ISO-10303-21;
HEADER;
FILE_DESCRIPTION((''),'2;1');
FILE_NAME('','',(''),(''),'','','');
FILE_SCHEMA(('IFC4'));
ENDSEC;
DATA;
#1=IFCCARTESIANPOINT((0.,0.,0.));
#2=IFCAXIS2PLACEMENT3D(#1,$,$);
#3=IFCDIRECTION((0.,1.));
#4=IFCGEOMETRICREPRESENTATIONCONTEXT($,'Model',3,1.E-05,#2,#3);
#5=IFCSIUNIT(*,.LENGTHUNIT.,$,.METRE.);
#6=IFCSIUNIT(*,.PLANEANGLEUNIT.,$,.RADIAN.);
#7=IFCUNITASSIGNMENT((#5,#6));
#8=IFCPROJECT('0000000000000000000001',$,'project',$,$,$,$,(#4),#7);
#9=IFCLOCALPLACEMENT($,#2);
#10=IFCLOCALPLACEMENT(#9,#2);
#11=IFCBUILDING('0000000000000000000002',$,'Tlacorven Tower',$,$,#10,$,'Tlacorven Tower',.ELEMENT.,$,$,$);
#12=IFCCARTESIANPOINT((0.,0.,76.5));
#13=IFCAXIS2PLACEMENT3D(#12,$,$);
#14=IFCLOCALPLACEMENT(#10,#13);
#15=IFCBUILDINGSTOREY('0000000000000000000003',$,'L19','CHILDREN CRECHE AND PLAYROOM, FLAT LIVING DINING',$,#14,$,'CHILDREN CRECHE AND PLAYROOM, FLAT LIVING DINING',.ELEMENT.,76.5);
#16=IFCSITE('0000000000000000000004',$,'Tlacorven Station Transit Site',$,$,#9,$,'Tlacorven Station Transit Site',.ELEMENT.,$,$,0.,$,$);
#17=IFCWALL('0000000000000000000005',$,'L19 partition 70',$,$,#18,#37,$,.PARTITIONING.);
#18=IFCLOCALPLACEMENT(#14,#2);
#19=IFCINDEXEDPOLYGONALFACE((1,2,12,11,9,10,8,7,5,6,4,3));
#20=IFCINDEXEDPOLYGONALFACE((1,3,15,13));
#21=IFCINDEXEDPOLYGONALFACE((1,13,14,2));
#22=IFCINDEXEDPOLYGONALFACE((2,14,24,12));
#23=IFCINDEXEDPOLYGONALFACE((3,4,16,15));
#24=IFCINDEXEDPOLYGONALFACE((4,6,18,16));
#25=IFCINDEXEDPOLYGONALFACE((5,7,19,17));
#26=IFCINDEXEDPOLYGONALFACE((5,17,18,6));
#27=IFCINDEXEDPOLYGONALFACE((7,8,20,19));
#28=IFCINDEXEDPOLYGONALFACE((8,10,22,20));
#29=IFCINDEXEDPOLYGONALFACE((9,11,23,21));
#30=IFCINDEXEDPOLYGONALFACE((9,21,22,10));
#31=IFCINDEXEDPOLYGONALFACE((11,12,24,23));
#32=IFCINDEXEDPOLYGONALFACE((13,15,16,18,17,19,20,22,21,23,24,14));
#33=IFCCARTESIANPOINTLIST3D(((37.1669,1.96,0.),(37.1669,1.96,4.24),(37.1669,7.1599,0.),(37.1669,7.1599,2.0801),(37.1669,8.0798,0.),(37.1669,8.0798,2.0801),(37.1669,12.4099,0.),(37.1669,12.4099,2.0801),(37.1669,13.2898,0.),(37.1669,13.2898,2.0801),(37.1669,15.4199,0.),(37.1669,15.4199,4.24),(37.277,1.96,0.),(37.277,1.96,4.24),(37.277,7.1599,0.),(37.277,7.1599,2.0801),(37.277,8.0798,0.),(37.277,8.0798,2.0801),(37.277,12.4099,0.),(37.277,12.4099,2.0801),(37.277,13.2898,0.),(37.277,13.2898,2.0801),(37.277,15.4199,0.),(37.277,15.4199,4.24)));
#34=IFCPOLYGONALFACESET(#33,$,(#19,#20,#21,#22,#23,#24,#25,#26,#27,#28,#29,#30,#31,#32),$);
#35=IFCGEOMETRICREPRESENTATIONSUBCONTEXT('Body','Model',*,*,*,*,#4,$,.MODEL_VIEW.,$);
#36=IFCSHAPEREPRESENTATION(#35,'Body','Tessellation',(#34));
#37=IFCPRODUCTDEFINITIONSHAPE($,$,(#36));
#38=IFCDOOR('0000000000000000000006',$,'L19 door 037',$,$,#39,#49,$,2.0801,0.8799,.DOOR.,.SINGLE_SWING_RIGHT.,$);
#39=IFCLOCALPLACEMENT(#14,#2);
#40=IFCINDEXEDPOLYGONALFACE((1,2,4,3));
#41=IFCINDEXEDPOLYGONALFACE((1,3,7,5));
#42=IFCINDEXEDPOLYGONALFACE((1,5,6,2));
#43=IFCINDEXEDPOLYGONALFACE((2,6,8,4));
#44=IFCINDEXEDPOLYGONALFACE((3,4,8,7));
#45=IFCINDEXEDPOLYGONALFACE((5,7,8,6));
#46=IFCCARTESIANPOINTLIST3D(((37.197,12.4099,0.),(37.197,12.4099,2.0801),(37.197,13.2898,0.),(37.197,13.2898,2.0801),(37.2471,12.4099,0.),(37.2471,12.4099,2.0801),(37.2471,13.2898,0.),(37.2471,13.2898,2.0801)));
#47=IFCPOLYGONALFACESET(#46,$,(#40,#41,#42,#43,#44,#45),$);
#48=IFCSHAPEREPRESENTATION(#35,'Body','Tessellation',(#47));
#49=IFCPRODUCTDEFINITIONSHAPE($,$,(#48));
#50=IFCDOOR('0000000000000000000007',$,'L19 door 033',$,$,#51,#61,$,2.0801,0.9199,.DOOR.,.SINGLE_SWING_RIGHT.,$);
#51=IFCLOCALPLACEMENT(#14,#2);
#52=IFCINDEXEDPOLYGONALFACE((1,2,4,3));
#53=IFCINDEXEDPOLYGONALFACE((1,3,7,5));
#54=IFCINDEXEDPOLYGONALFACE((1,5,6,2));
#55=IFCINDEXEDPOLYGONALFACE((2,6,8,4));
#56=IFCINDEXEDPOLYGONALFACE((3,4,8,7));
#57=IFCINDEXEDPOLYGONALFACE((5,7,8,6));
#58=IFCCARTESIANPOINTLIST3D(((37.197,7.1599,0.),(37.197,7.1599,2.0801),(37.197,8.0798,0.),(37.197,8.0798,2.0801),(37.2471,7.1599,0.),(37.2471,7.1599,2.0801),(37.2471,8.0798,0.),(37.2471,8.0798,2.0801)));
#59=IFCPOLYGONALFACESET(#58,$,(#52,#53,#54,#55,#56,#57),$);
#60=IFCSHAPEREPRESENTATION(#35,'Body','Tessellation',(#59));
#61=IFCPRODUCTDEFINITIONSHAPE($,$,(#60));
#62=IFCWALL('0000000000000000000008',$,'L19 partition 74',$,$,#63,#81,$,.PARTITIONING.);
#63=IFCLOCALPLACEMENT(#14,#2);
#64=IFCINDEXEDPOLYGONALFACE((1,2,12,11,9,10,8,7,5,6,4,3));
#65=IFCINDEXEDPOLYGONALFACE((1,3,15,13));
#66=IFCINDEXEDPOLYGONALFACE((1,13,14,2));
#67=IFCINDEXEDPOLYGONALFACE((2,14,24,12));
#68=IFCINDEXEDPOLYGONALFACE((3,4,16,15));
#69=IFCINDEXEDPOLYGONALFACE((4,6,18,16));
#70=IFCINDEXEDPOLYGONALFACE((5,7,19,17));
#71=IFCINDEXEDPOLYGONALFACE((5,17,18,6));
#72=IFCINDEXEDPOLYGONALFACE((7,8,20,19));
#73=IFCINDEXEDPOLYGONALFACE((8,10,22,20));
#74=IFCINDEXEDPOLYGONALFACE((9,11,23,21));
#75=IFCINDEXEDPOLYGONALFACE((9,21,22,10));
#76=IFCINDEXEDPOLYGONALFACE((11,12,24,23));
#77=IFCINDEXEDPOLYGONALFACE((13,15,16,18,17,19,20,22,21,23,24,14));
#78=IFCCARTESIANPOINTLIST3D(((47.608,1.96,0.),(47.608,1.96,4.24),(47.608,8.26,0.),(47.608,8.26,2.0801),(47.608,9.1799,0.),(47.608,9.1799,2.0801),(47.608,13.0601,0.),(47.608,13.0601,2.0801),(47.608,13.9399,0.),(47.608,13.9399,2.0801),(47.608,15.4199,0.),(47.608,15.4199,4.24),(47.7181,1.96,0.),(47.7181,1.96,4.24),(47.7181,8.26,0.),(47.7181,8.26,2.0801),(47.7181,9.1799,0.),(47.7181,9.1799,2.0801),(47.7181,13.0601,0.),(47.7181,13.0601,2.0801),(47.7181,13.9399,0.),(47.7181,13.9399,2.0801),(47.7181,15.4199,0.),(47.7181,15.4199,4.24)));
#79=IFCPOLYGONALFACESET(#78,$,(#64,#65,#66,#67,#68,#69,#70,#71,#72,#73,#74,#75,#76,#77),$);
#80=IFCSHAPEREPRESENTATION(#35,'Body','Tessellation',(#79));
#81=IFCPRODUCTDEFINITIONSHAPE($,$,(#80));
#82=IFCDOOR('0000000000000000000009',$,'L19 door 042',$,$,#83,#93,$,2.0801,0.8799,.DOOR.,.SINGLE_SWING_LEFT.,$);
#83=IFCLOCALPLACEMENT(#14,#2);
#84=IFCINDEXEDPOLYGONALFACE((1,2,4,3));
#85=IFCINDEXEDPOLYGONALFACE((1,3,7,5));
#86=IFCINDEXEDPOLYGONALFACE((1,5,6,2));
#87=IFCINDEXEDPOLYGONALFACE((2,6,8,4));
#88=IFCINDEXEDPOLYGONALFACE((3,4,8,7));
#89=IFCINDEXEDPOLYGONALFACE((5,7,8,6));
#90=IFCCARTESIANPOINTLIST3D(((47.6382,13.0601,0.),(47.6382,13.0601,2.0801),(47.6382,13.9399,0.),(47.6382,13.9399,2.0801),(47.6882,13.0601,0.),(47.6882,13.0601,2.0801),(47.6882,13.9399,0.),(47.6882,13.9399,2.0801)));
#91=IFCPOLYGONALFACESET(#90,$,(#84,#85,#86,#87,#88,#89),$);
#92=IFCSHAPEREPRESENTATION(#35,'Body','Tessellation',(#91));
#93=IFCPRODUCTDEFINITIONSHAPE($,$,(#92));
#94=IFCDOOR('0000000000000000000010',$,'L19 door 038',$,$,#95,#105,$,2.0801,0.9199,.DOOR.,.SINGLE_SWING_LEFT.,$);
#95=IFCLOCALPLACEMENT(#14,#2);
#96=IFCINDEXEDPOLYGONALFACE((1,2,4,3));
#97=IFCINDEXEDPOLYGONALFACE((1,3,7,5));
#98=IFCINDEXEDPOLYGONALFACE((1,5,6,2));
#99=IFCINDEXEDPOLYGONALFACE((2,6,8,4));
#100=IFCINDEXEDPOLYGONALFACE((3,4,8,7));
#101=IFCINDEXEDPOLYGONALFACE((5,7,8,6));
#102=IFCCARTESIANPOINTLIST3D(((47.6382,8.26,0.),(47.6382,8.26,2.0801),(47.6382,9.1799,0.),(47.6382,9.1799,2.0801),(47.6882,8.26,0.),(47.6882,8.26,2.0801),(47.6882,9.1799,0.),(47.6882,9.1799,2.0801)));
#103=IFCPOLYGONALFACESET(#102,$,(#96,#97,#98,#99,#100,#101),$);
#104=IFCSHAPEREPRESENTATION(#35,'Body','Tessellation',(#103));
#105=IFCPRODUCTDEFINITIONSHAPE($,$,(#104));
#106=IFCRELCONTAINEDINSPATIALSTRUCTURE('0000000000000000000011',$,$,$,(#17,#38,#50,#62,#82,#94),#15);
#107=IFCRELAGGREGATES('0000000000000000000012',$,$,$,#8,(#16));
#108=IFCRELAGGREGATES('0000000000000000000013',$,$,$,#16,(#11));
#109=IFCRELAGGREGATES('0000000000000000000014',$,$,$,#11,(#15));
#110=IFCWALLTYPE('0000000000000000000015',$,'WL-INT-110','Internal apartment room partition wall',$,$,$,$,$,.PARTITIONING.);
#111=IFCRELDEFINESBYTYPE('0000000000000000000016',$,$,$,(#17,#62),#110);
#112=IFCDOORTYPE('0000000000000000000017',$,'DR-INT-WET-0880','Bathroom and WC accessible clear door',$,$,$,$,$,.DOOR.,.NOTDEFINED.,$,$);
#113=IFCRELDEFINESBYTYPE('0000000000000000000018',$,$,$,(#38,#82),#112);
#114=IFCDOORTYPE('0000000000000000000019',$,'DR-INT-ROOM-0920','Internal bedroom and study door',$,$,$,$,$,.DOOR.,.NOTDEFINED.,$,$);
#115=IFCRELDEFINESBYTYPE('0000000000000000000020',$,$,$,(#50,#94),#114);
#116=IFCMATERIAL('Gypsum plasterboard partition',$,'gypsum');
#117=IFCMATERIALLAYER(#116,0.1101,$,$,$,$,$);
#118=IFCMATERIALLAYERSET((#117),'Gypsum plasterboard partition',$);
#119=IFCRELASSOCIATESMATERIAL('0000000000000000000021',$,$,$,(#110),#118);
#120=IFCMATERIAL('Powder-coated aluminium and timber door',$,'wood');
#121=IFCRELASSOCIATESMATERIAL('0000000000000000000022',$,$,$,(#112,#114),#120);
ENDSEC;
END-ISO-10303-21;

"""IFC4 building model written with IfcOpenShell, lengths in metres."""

from ifc_helpers import new_model, si_unit, direction, frame, frame_2d, origin, place, context, subcontext, project, spatial, rectangle, extrude, source, transform, mapped, material, layer, layer_set, type_object, element, fill, save


model = new_model("IFC4")

# Units and contexts
model_context = context("Model", 3, precision=1e-05, world=origin(), true_north=direction((0.0, 1.0)))
body_context = subcontext(model_context, "Body", "Model", "MODEL_VIEW")
ifc_project = project(units=[si_unit("LENGTHUNIT", "METRE"), si_unit("PLANEANGLEUNIT", "RADIAN")], contexts=[model_context])

# Site, building, storey
site_placement = place(None, origin())
site = spatial("IfcSite", under=ifc_project, at=site_placement, Name="Tlacorven Station Transit Site", LongName="Tlacorven Station Transit Site", CompositionType="ELEMENT", RefElevation=0.0)
building_placement = place(site_placement, origin())
building = spatial("IfcBuilding", under=site, at=building_placement, Name="Tlacorven Tower", LongName="Tlacorven Tower", CompositionType="ELEMENT")
storey_placement = place(building_placement, frame((0.0, 0.0, 76.5)))
storey = spatial("IfcBuildingStorey", under=building, at=storey_placement, Name="L19", Description="CHILDREN CRECHE AND PLAYROOM, FLAT LIVING DINING", LongName="CHILDREN CRECHE AND PLAYROOM, FLAT LIVING DINING", CompositionType="ELEMENT", Elevation=76.5)

# Walls, openings, doors
ifc_material_1 = material(Name="Gypsum plasterboard partition", Category="gypsum")
ifc_layer_1 = layer(ifc_material_1, 0.1101)
ifc_layer_set_1 = layer_set([ifc_layer_1], Name="Gypsum plasterboard partition")
wall_type_1 = type_object("IfcWallType", Name="WL-INT-110", Description="Internal apartment room partition wall", PredefinedType="PARTITIONING", material=ifc_layer_set_1)
wall_1_placement = place(storey_placement, frame((37.2219, 1.96, 0.0), z_axis=(0.0, 0.0, 1.0), x_axis=(0.0, 1.0, 0.0)))
wall_1 = element("IfcWall", 1, at=wall_1_placement, inside=storey, type_object=wall_type_1, Name="L19 partition 70", PredefinedType="PARTITIONING", context=body_context, shape_type="SweptSolid", body=[
    extrude(rectangle(XDim=13.46, YDim=0.1101, at=frame_2d((6.73, 0.0))), origin(), (0.0, 0.0, 1.0), 4.24),
])
opening_1_placement = place(wall_1_placement, frame((5.2, 0.0, 0.0)))
opening_1 = element("IfcOpeningElement", 2, at=opening_1_placement, cuts=wall_1, PredefinedType="OPENING", context=body_context, shape_type="SweptSolid", body=[
    extrude(rectangle(XDim=0.9199, YDim=2.0801, at=frame_2d((0.46, 1.04))), frame((0.0, 0.0649, 0.0), z_axis=(0.0, -1.0, 0.0), x_axis=(1.0, 0.0, 0.0)), (0.0, 0.0, 1.0), 0.1301),
])
opening_2_placement = place(wall_1_placement, frame((10.45, 0.0, 0.0)))
opening_2 = element("IfcOpeningElement", 3, at=opening_2_placement, cuts=wall_1, PredefinedType="OPENING", context=body_context, shape_type="SweptSolid", body=[
    extrude(rectangle(XDim=0.8799, YDim=2.0801, at=frame_2d((0.4399, 1.04))), frame((0.0, 0.0649, 0.0), z_axis=(0.0, -1.0, 0.0), x_axis=(1.0, 0.0, 0.0)), (0.0, 0.0, 1.0), 0.1301),
])
ifc_material_2 = material(Name="Powder-coated aluminium and timber door", Category="wood")
door_type_1 = type_object("IfcDoorType", Name="DR-INT-WET-0880", Description="Bathroom and WC accessible clear door", OperationType="NOTDEFINED", PredefinedType="DOOR", material=ifc_material_2)
shared_shape_1 = source(origin(), body_context, "Body", "SweptSolid", [
    extrude(rectangle(XDim=0.8799, YDim=2.0801, at=frame_2d((0.4399, 1.04))), frame((0.0, 0.0249, 0.0), z_axis=(0.0, -1.0, 0.0), x_axis=(1.0, 0.0, 0.0)), (0.0, 0.0, 1.0), 0.05),
])
door_1_placement = place(opening_2_placement, origin())
door_1 = element("IfcDoor", 4, at=door_1_placement, inside=storey, type_object=door_type_1, Name="L19 door 037", OperationType="SINGLE_SWING_RIGHT", OverallHeight=2.0801, OverallWidth=0.8799, PredefinedType="DOOR", context=body_context, shape_type="MappedRepresentation", body=[
    mapped(shared_shape_1, transform((0.0, 0.0, 0.0), scale=1.0)),
])
fill(opening_2, door_1)
door_type_2 = type_object("IfcDoorType", Name="DR-INT-ROOM-0920", Description="Internal bedroom and study door", OperationType="NOTDEFINED", PredefinedType="DOOR", material=ifc_material_2)
shared_shape_2 = source(origin(), body_context, "Body", "SweptSolid", [
    extrude(rectangle(XDim=0.9199, YDim=2.0801, at=frame_2d((0.46, 1.04))), frame((0.0, 0.0249, 0.0), z_axis=(0.0, -1.0, 0.0), x_axis=(1.0, 0.0, 0.0)), (0.0, 0.0, 1.0), 0.05),
])
door_2_placement = place(opening_1_placement, origin())
door_2 = element("IfcDoor", 5, at=door_2_placement, inside=storey, type_object=door_type_2, Name="L19 door 033", OperationType="SINGLE_SWING_RIGHT", OverallHeight=2.0801, OverallWidth=0.9199, PredefinedType="DOOR", context=body_context, shape_type="MappedRepresentation", body=[
    mapped(shared_shape_2, transform((0.0, 0.0, 0.0), scale=1.0)),
])
fill(opening_1, door_2)
wall_2_placement = place(storey_placement, frame((47.6631, 1.96, 0.0), z_axis=(0.0, 0.0, 1.0), x_axis=(0.0, 1.0, 0.0)))
wall_2 = element("IfcWall", 6, at=wall_2_placement, inside=storey, type_object=wall_type_1, Name="L19 partition 74", PredefinedType="PARTITIONING", context=body_context, shape_type="SweptSolid", body=[
    extrude(rectangle(XDim=13.46, YDim=0.1101, at=frame_2d((6.73, 0.0))), origin(), (0.0, 0.0, 1.0), 4.24),
])
opening_3_placement = place(wall_2_placement, frame((6.3, 0.0, 0.0)))
opening_3 = element("IfcOpeningElement", 7, at=opening_3_placement, cuts=wall_2, PredefinedType="OPENING", context=body_context, shape_type="SweptSolid", body=[
    extrude(rectangle(XDim=0.9199, YDim=2.0801, at=frame_2d((0.46, 1.04))), frame((0.0, 0.0649, 0.0), z_axis=(0.0, -1.0, 0.0), x_axis=(1.0, 0.0, 0.0)), (0.0, 0.0, 1.0), 0.1301),
])
opening_4_placement = place(wall_2_placement, frame((11.1001, 0.0, 0.0)))
opening_4 = element("IfcOpeningElement", 8, at=opening_4_placement, cuts=wall_2, PredefinedType="OPENING", context=body_context, shape_type="SweptSolid", body=[
    extrude(rectangle(XDim=0.8799, YDim=2.0801, at=frame_2d((0.4399, 1.04))), frame((0.0, 0.0649, 0.0), z_axis=(0.0, -1.0, 0.0), x_axis=(1.0, 0.0, 0.0)), (0.0, 0.0, 1.0), 0.1301),
])
door_3_placement = place(opening_4_placement, origin())
door_3 = element("IfcDoor", 9, at=door_3_placement, inside=storey, type_object=door_type_1, Name="L19 door 042", OperationType="SINGLE_SWING_LEFT", OverallHeight=2.0801, OverallWidth=0.8799, PredefinedType="DOOR", context=body_context, shape_type="MappedRepresentation", body=[
    mapped(shared_shape_1, transform((0.0, 0.0, 0.0), scale=1.0)),
])
fill(opening_4, door_3)
door_4_placement = place(opening_3_placement, origin())
door_4 = element("IfcDoor", 10, at=door_4_placement, inside=storey, type_object=door_type_2, Name="L19 door 038", OperationType="SINGLE_SWING_LEFT", OverallHeight=2.0801, OverallWidth=0.9199, PredefinedType="DOOR", context=body_context, shape_type="MappedRepresentation", body=[
    mapped(shared_shape_2, transform((0.0, 0.0, 0.0), scale=1.0)),
])
fill(opening_3, door_4)

save(model, "model.ifc")
